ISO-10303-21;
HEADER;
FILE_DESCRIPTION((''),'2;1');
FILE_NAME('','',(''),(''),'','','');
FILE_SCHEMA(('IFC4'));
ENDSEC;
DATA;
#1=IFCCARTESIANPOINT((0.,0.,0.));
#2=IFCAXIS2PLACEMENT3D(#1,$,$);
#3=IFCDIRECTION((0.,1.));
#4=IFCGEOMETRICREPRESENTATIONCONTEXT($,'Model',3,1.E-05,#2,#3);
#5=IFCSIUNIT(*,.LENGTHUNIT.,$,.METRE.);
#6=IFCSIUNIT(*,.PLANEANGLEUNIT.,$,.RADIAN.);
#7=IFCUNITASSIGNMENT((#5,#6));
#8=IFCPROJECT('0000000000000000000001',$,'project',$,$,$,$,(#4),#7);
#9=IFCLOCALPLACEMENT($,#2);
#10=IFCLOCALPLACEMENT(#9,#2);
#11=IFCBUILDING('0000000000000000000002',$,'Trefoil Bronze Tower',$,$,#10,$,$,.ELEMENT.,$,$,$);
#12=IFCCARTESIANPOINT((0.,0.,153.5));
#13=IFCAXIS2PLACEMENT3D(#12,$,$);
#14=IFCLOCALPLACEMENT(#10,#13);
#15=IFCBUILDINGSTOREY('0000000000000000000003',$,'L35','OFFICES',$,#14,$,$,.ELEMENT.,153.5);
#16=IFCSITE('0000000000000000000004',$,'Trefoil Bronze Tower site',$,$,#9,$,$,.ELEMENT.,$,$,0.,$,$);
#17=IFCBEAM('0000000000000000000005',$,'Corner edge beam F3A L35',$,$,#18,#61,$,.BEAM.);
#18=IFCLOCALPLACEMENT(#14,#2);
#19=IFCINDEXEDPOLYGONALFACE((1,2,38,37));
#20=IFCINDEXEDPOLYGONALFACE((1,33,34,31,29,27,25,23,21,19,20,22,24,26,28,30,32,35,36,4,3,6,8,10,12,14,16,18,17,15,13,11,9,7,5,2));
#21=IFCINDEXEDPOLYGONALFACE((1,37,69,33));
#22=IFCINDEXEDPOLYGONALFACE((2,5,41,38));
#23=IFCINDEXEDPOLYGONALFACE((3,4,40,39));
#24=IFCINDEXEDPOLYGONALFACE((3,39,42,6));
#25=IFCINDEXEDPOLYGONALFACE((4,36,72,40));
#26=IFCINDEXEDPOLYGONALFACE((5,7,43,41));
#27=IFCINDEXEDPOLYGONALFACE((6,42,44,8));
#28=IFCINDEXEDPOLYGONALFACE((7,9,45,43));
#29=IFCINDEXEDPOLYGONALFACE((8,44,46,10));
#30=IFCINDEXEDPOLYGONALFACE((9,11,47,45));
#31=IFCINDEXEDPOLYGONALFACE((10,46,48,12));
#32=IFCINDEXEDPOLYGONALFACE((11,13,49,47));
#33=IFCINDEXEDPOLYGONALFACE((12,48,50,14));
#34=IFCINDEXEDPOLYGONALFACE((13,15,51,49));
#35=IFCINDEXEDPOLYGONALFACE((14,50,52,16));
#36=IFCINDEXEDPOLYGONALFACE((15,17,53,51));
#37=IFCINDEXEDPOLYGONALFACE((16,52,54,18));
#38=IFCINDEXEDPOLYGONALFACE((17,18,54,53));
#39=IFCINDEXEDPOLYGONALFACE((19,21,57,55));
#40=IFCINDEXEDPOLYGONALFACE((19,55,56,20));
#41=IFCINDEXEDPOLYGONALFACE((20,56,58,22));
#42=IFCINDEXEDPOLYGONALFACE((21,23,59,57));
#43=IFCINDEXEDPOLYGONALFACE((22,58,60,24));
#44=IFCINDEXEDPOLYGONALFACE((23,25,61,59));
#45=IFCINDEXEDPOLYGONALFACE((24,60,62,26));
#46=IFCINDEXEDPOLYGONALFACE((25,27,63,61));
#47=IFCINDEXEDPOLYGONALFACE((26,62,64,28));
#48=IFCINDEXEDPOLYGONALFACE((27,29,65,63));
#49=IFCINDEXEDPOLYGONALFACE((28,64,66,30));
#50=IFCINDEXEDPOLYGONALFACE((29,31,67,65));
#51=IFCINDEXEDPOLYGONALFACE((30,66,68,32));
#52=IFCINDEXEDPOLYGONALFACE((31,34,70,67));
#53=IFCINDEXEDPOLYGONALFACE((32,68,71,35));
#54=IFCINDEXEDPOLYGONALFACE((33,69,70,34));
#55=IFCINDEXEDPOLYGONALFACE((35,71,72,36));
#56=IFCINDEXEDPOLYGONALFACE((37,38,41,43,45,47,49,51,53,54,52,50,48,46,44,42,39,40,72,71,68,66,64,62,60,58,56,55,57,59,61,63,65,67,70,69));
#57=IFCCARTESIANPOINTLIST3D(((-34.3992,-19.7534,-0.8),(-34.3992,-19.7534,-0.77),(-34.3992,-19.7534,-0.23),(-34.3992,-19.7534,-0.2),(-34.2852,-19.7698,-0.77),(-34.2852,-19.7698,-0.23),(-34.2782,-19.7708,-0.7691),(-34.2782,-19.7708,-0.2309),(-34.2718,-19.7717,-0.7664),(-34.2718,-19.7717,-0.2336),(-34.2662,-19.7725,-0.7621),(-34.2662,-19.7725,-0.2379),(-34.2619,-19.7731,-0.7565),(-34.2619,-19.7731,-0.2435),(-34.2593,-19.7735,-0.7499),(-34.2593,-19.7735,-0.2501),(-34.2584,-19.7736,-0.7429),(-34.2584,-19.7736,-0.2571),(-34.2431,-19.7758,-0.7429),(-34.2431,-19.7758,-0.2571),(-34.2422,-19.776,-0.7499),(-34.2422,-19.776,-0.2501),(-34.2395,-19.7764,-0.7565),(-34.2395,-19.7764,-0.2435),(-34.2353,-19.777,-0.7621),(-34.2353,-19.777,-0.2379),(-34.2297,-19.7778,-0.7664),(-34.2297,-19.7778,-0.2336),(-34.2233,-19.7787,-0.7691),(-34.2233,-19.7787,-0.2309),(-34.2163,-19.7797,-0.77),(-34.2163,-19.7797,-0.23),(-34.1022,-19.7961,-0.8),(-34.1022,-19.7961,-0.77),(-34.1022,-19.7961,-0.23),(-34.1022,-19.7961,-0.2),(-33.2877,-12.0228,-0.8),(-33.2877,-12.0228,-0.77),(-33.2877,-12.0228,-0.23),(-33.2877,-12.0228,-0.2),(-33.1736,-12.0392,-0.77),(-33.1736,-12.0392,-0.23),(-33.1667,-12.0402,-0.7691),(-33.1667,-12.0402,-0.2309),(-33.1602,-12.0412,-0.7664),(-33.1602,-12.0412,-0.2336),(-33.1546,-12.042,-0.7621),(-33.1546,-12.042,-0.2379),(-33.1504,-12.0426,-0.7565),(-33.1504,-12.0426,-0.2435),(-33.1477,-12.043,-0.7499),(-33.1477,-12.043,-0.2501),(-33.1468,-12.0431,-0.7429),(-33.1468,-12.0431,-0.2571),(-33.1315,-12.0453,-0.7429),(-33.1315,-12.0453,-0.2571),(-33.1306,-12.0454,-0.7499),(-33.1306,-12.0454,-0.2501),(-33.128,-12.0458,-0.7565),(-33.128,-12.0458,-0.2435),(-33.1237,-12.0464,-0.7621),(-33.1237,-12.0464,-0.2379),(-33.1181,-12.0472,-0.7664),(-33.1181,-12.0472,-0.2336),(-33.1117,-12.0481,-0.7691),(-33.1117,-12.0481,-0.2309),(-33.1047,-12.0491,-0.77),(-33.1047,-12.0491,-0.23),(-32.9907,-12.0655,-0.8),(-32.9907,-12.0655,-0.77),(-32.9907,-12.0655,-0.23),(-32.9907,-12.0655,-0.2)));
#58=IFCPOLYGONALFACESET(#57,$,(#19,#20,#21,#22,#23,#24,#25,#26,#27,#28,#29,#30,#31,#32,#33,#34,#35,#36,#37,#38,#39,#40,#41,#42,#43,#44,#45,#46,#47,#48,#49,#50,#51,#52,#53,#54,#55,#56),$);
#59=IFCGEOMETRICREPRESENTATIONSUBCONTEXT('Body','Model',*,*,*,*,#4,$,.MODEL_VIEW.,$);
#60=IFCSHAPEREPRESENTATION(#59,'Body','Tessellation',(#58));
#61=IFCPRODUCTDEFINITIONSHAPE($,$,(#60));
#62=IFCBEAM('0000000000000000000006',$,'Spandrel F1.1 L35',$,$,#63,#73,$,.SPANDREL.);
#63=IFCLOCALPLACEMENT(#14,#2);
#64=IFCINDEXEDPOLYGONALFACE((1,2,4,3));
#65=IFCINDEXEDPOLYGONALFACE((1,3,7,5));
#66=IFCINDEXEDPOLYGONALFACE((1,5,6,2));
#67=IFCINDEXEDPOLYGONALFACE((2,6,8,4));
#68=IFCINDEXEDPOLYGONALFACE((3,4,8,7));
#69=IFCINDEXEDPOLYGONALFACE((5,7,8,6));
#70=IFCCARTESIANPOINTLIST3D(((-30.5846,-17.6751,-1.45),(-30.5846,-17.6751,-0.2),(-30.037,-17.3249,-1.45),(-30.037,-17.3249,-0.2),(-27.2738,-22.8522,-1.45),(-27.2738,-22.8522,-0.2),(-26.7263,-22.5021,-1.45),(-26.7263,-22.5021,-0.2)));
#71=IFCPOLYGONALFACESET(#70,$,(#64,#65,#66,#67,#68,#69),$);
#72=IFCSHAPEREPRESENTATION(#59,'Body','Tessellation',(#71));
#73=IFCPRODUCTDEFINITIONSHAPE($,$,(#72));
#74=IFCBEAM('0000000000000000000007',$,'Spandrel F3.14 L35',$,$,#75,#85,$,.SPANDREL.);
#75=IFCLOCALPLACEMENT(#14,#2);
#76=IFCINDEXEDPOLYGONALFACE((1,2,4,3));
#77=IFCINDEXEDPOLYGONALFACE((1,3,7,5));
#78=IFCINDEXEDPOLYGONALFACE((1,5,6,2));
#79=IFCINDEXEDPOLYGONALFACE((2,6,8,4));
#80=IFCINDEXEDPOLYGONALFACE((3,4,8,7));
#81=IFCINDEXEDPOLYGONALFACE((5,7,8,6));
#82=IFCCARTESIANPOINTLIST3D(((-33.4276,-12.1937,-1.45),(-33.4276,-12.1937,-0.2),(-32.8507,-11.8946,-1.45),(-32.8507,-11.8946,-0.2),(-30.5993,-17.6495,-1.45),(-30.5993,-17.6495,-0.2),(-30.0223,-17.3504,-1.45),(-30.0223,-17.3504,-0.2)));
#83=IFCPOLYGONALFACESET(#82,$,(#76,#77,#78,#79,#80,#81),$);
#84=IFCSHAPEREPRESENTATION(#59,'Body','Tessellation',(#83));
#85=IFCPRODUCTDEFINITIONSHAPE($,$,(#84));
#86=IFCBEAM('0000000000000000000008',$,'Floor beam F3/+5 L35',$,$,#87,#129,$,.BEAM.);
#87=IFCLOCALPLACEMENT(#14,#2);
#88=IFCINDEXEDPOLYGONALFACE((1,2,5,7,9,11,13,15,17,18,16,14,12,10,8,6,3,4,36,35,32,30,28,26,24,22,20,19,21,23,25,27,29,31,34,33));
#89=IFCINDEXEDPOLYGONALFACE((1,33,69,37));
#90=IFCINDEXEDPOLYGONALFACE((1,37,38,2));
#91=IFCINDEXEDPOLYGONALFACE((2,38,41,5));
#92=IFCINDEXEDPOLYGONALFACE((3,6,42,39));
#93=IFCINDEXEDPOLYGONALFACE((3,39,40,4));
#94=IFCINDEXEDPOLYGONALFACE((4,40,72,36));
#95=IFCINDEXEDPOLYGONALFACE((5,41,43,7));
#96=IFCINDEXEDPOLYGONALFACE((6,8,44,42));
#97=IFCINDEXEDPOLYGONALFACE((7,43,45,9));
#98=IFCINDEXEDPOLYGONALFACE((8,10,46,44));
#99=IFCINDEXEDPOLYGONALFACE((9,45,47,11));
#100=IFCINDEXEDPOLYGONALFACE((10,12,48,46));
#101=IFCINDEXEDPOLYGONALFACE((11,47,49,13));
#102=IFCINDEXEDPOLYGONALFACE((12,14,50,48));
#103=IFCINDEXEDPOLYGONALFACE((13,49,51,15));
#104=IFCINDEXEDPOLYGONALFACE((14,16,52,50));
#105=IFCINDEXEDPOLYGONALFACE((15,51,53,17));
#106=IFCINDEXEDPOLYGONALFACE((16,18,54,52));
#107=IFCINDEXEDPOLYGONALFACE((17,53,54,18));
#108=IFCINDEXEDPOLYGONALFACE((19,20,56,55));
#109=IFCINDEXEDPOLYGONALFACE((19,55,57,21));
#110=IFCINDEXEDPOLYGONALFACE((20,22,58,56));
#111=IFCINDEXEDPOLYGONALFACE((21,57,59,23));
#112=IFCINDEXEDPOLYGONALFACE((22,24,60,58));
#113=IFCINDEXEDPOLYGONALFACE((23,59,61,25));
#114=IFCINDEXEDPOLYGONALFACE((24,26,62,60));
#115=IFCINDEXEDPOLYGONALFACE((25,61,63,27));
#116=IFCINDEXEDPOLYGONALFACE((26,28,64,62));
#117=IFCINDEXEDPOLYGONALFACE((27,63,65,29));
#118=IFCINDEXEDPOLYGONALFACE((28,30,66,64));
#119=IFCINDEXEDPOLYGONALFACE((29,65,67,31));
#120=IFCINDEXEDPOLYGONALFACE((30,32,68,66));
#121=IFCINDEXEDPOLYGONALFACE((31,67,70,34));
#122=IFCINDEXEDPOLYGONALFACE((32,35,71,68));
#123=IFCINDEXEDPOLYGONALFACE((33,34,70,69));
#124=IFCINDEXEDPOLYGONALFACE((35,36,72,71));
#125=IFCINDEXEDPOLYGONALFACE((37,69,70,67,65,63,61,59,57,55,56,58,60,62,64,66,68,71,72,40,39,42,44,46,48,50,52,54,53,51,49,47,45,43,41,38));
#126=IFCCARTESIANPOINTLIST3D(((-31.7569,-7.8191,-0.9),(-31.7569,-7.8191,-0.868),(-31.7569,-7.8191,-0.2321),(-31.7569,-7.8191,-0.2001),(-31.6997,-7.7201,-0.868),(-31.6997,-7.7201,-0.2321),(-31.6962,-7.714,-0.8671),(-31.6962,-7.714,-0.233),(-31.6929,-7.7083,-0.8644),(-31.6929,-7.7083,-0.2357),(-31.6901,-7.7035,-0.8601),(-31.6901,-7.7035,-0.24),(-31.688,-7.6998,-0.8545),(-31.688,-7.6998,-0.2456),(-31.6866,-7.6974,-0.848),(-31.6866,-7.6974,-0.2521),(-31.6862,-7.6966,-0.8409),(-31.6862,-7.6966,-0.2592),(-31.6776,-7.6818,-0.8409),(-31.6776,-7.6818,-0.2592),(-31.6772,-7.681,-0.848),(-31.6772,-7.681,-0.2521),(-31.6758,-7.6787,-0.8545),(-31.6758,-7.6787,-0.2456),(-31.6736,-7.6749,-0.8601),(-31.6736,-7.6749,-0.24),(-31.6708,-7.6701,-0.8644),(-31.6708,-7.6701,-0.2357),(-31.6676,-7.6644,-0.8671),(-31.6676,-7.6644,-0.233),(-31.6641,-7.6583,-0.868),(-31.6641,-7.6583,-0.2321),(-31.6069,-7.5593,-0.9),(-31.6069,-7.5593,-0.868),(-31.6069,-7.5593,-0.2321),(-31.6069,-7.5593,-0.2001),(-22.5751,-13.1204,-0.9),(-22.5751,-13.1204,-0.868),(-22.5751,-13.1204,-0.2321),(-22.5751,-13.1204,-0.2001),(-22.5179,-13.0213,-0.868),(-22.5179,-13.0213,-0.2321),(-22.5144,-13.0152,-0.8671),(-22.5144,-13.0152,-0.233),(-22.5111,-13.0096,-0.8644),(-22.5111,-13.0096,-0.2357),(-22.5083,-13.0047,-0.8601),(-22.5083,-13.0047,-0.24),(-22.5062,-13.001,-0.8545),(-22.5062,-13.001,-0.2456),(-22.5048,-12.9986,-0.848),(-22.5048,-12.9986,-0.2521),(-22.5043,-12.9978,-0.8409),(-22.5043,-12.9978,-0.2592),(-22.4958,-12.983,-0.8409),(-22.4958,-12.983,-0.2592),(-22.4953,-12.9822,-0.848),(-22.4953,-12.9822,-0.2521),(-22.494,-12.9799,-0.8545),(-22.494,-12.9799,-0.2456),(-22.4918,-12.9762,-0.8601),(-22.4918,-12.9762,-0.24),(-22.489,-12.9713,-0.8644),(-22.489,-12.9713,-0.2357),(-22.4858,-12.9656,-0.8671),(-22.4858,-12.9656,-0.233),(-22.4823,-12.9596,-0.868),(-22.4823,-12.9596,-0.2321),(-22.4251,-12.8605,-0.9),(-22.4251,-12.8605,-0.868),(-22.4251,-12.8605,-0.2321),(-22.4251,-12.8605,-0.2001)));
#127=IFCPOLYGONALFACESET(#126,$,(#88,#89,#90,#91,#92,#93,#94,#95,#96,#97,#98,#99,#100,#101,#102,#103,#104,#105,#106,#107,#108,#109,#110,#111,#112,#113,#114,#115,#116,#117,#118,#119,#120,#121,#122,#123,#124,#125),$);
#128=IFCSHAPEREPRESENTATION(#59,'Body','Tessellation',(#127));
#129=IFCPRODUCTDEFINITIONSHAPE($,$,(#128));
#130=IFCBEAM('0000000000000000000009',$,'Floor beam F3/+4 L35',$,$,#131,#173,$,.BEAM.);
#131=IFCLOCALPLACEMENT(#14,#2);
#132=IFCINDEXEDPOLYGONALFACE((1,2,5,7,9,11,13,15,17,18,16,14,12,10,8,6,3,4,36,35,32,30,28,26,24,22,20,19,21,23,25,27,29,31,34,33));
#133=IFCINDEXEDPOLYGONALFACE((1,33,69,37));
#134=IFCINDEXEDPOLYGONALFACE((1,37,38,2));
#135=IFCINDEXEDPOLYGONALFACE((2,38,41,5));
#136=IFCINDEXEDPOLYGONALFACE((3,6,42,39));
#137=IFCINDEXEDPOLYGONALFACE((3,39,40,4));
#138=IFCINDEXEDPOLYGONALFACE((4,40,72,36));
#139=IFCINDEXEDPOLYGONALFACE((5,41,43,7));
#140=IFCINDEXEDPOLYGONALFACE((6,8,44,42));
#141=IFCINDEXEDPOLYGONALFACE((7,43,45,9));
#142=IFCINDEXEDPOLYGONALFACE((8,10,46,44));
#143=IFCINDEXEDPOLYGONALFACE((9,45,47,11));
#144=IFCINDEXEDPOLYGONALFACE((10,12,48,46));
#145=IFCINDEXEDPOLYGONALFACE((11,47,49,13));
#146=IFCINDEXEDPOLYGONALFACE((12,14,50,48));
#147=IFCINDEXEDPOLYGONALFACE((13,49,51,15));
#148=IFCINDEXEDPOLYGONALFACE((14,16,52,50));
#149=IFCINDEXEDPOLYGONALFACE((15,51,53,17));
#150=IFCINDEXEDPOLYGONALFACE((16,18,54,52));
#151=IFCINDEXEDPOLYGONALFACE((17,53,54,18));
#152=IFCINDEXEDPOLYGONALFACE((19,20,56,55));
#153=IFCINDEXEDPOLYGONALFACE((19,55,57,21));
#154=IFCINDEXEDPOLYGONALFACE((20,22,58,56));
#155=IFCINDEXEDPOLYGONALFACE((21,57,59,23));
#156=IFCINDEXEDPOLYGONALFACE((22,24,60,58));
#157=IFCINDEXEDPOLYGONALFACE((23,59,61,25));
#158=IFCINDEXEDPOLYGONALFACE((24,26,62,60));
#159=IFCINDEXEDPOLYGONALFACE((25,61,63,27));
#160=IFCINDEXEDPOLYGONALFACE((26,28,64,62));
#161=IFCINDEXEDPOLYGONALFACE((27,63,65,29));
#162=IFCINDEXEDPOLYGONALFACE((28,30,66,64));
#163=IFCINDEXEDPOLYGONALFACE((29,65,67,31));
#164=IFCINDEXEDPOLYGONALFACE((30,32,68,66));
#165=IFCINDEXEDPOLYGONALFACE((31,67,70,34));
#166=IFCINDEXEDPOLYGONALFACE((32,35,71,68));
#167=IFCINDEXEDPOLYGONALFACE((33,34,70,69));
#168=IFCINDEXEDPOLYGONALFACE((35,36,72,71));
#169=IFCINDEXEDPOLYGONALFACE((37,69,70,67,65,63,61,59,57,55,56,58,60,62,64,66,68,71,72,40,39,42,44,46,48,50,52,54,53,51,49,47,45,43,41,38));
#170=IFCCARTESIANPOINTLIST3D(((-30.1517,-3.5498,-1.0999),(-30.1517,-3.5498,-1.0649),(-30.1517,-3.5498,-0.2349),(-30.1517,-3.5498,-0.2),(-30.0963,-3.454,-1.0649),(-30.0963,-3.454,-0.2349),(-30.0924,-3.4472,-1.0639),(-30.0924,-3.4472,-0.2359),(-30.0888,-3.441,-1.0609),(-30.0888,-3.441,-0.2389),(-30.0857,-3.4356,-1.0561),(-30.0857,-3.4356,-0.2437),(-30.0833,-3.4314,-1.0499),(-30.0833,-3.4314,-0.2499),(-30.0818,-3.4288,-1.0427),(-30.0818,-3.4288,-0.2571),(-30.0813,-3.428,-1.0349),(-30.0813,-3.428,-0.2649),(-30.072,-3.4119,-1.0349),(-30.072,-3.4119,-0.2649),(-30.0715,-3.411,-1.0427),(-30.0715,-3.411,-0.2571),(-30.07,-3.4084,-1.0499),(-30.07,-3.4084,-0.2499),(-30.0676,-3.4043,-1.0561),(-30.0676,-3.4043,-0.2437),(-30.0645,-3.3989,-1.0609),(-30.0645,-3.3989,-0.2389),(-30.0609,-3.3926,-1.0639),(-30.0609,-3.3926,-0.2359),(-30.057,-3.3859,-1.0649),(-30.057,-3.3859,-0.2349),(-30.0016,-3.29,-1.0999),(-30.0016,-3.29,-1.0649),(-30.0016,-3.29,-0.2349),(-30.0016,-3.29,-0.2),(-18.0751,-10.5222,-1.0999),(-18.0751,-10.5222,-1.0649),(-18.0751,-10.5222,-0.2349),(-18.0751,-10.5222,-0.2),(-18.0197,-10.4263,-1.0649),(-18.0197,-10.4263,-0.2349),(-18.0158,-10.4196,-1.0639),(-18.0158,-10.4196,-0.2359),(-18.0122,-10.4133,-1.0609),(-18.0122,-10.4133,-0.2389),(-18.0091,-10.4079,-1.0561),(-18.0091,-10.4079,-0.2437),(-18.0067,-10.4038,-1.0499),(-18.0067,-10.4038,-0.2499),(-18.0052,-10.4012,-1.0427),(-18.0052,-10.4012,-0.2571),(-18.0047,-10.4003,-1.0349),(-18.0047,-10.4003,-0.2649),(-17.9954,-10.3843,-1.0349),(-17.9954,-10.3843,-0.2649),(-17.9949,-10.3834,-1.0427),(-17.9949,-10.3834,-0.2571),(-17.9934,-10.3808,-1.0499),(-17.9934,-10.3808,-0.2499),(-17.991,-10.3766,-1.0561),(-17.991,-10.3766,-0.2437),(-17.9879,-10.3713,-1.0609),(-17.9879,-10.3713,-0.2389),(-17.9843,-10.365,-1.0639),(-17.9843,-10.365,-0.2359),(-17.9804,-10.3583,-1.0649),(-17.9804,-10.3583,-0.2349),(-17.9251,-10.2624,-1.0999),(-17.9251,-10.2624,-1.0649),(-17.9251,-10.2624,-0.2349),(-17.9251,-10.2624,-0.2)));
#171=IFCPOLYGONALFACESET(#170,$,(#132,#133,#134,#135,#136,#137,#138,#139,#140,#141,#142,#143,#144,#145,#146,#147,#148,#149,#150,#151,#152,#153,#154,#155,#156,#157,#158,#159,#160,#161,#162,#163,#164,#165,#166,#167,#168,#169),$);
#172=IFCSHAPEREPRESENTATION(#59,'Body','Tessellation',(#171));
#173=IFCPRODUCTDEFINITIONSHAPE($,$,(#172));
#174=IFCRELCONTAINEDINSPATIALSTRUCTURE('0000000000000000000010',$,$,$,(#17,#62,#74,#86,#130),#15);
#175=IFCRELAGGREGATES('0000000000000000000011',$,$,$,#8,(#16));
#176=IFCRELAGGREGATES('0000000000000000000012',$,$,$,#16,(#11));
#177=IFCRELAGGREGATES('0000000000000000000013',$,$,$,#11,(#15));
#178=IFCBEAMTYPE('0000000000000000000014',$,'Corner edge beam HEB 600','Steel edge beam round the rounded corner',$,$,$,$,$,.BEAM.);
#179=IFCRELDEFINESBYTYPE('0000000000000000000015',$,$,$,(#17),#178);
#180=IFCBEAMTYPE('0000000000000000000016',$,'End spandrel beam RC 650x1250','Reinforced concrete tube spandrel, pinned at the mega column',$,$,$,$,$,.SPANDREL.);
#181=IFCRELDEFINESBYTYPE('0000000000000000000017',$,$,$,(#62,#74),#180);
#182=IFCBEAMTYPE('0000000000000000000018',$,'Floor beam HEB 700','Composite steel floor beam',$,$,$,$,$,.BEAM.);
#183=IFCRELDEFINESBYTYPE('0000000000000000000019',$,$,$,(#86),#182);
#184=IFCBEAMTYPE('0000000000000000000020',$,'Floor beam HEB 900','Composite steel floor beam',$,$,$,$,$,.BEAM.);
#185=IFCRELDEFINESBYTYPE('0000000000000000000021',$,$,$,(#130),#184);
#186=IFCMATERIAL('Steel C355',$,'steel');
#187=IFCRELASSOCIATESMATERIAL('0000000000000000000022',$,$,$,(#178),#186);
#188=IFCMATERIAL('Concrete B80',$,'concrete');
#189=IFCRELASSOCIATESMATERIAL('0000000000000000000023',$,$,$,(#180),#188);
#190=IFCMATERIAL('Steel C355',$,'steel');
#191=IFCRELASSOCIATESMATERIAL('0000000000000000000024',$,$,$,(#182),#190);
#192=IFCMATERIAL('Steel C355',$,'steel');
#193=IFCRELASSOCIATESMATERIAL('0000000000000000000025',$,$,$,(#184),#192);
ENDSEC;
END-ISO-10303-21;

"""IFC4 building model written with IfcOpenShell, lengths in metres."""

from ifc_helpers import new_model, si_unit, direction, frame, origin, origin_2d, place, context, subcontext, project, spatial, rectangle, i_section, extrude, material, material_profile, profile_set, type_object, element, save


model = new_model("IFC4")

# Units and contexts
model_context = context("Model", 3, precision=1e-05, world=origin(), true_north=direction((0.0, 1.0)))
body_context = subcontext(model_context, "Body", "Model", "MODEL_VIEW")
ifc_project = project(units=[si_unit("LENGTHUNIT", "METRE"), si_unit("PLANEANGLEUNIT", "RADIAN")], contexts=[model_context])

# Site, building, storey
site_placement = place(None, origin())
site = spatial("IfcSite", under=ifc_project, at=site_placement, Name="Trefoil Bronze Tower site", CompositionType="ELEMENT", RefElevation=0.0)
building_placement = place(site_placement, origin())
building = spatial("IfcBuilding", under=site, at=building_placement, Name="Trefoil Bronze Tower", CompositionType="ELEMENT")
storey_placement = place(building_placement, frame((0.0, 0.0, 153.5)))
storey = spatial("IfcBuildingStorey", under=building, at=storey_placement, Name="L35", Description="OFFICES", CompositionType="ELEMENT", Elevation=153.5)

# Beams
ifc_material_1 = material(Name="Steel C355", Category="steel")
ifc_material_profile_1 = material_profile(ifc_material_1, i_section(OverallWidth=0.3, OverallDepth=0.6001, WebThickness=0.0154, FlangeThickness=0.03, FilletRadius=0.0271, at=origin_2d()), Name="HEB 600")
ifc_profile_set_1 = profile_set([ifc_material_profile_1], Name="Steel C355")
beam_type_1 = type_object("IfcBeamType", Name="Corner edge beam HEB 600", Description="Steel edge beam round the rounded corner", PredefinedType="BEAM", material=ifc_profile_set_1)
beam_1_placement = place(storey_placement, frame((-33.1392, -12.0442, -0.5), z_axis=(-0.142327, -0.98982, 0.0), x_axis=(0.98982, -0.142327, 0.0)))
element("IfcBeam", 1, at=beam_1_placement, inside=storey, type_object=beam_type_1, Name="Corner edge beam F3A L35", PredefinedType="BEAM", context=body_context, shape_type="SweptSolid", body=[
    extrude(i_section(OverallWidth=0.3, OverallDepth=0.6001, WebThickness=0.0154, FlangeThickness=0.03, FilletRadius=0.0271, at=origin_2d()), origin(), (0.0, 0.0, 1.0), 7.8101),
])
ifc_material_2 = material(Name="Concrete B80", Category="concrete")
ifc_material_profile_2 = material_profile(ifc_material_2, rectangle(XDim=0.6499, YDim=1.25, at=origin_2d()), Name="RC 650x1250")
ifc_profile_set_2 = profile_set([ifc_material_profile_2], Name="Concrete B80")
beam_type_2 = type_object("IfcBeamType", Name="End spandrel beam RC 650x1250", Description="Reinforced concrete tube spandrel, pinned at the mega column", PredefinedType="SPANDREL", material=ifc_profile_set_2)
for number, where, z_axis, x_axis, name in (
    (2, (-30.3108, -17.5, -0.825), (0.538748, -0.842467, 0.0), (0.842467, 0.538748, 0.0), "Spandrel F1.1 L35"),
    (3, (-33.1392, -12.0442, -0.825), (0.460244, -0.887792, 0.0), (0.887792, 0.460244, 0.0), "Spandrel F3.14 L35"),
):
    element("IfcBeam", number, at=place(storey_placement, frame(where, z_axis=z_axis, x_axis=x_axis)), inside=storey, type_object=beam_type_2, Name=name, PredefinedType="SPANDREL", context=body_context, shape_type="SweptSolid", body=[
        extrude(rectangle(XDim=0.6499, YDim=1.25, at=origin_2d()), origin(), (0.0, 0.0, 1.0), 6.1453),
    ])
ifc_material_3 = material(Name="Steel C355", Category="steel")
ifc_material_profile_3 = material_profile(ifc_material_3, i_section(OverallWidth=0.3, OverallDepth=0.7, WebThickness=0.0171, FlangeThickness=0.032, FilletRadius=0.0271, at=origin_2d()), Name="HEB 700")
ifc_profile_set_3 = profile_set([ifc_material_profile_3], Name="Steel C355")
beam_type_3 = type_object("IfcBeamType", Name="Floor beam HEB 700", Description="Composite steel floor beam", PredefinedType="BEAM", material=ifc_profile_set_3)
beam_2_placement = place(storey_placement, frame((-31.6819, -7.6892, -0.55), z_axis=(0.866021, -0.500007, 0.0), x_axis=(0.500007, 0.866021, 0.0)))
element("IfcBeam", 4, at=beam_2_placement, inside=storey, type_object=beam_type_3, Name="Floor beam F3/+5 L35", PredefinedType="BEAM", context=body_context, shape_type="SweptSolid", body=[
    extrude(i_section(OverallWidth=0.3, OverallDepth=0.7, WebThickness=0.0171, FlangeThickness=0.032, FilletRadius=0.0271, at=origin_2d()), origin(), (0.0, 0.0, 1.0), 10.6023),
])
ifc_material_4 = material(Name="Steel C355", Category="steel")
ifc_material_profile_4 = material_profile(ifc_material_4, i_section(OverallWidth=0.3, OverallDepth=0.8999, WebThickness=0.0186, FlangeThickness=0.0349, FilletRadius=0.03, at=origin_2d()), Name="HEB 900")
ifc_profile_set_4 = profile_set([ifc_material_profile_4], Name="Steel C355")
beam_type_4 = type_object("IfcBeamType", Name="Floor beam HEB 900", Description="Composite steel floor beam", PredefinedType="BEAM", material=ifc_profile_set_4)
beam_3_placement = place(storey_placement, frame((-30.0767, -3.4199, -0.6499), z_axis=(0.866027, -0.499997, 0.0), x_axis=(0.499997, 0.866027, 0.0)))
element("IfcBeam", 5, at=beam_3_placement, inside=storey, type_object=beam_type_4, Name="Floor beam F3/+4 L35", PredefinedType="BEAM", context=body_context, shape_type="SweptSolid", body=[
    extrude(i_section(OverallWidth=0.3, OverallDepth=0.8999, WebThickness=0.0186, FlangeThickness=0.0349, FilletRadius=0.03, at=origin_2d()), origin(), (0.0, 0.0, 1.0), 13.9448),
])

save(model, "model.ifc")
